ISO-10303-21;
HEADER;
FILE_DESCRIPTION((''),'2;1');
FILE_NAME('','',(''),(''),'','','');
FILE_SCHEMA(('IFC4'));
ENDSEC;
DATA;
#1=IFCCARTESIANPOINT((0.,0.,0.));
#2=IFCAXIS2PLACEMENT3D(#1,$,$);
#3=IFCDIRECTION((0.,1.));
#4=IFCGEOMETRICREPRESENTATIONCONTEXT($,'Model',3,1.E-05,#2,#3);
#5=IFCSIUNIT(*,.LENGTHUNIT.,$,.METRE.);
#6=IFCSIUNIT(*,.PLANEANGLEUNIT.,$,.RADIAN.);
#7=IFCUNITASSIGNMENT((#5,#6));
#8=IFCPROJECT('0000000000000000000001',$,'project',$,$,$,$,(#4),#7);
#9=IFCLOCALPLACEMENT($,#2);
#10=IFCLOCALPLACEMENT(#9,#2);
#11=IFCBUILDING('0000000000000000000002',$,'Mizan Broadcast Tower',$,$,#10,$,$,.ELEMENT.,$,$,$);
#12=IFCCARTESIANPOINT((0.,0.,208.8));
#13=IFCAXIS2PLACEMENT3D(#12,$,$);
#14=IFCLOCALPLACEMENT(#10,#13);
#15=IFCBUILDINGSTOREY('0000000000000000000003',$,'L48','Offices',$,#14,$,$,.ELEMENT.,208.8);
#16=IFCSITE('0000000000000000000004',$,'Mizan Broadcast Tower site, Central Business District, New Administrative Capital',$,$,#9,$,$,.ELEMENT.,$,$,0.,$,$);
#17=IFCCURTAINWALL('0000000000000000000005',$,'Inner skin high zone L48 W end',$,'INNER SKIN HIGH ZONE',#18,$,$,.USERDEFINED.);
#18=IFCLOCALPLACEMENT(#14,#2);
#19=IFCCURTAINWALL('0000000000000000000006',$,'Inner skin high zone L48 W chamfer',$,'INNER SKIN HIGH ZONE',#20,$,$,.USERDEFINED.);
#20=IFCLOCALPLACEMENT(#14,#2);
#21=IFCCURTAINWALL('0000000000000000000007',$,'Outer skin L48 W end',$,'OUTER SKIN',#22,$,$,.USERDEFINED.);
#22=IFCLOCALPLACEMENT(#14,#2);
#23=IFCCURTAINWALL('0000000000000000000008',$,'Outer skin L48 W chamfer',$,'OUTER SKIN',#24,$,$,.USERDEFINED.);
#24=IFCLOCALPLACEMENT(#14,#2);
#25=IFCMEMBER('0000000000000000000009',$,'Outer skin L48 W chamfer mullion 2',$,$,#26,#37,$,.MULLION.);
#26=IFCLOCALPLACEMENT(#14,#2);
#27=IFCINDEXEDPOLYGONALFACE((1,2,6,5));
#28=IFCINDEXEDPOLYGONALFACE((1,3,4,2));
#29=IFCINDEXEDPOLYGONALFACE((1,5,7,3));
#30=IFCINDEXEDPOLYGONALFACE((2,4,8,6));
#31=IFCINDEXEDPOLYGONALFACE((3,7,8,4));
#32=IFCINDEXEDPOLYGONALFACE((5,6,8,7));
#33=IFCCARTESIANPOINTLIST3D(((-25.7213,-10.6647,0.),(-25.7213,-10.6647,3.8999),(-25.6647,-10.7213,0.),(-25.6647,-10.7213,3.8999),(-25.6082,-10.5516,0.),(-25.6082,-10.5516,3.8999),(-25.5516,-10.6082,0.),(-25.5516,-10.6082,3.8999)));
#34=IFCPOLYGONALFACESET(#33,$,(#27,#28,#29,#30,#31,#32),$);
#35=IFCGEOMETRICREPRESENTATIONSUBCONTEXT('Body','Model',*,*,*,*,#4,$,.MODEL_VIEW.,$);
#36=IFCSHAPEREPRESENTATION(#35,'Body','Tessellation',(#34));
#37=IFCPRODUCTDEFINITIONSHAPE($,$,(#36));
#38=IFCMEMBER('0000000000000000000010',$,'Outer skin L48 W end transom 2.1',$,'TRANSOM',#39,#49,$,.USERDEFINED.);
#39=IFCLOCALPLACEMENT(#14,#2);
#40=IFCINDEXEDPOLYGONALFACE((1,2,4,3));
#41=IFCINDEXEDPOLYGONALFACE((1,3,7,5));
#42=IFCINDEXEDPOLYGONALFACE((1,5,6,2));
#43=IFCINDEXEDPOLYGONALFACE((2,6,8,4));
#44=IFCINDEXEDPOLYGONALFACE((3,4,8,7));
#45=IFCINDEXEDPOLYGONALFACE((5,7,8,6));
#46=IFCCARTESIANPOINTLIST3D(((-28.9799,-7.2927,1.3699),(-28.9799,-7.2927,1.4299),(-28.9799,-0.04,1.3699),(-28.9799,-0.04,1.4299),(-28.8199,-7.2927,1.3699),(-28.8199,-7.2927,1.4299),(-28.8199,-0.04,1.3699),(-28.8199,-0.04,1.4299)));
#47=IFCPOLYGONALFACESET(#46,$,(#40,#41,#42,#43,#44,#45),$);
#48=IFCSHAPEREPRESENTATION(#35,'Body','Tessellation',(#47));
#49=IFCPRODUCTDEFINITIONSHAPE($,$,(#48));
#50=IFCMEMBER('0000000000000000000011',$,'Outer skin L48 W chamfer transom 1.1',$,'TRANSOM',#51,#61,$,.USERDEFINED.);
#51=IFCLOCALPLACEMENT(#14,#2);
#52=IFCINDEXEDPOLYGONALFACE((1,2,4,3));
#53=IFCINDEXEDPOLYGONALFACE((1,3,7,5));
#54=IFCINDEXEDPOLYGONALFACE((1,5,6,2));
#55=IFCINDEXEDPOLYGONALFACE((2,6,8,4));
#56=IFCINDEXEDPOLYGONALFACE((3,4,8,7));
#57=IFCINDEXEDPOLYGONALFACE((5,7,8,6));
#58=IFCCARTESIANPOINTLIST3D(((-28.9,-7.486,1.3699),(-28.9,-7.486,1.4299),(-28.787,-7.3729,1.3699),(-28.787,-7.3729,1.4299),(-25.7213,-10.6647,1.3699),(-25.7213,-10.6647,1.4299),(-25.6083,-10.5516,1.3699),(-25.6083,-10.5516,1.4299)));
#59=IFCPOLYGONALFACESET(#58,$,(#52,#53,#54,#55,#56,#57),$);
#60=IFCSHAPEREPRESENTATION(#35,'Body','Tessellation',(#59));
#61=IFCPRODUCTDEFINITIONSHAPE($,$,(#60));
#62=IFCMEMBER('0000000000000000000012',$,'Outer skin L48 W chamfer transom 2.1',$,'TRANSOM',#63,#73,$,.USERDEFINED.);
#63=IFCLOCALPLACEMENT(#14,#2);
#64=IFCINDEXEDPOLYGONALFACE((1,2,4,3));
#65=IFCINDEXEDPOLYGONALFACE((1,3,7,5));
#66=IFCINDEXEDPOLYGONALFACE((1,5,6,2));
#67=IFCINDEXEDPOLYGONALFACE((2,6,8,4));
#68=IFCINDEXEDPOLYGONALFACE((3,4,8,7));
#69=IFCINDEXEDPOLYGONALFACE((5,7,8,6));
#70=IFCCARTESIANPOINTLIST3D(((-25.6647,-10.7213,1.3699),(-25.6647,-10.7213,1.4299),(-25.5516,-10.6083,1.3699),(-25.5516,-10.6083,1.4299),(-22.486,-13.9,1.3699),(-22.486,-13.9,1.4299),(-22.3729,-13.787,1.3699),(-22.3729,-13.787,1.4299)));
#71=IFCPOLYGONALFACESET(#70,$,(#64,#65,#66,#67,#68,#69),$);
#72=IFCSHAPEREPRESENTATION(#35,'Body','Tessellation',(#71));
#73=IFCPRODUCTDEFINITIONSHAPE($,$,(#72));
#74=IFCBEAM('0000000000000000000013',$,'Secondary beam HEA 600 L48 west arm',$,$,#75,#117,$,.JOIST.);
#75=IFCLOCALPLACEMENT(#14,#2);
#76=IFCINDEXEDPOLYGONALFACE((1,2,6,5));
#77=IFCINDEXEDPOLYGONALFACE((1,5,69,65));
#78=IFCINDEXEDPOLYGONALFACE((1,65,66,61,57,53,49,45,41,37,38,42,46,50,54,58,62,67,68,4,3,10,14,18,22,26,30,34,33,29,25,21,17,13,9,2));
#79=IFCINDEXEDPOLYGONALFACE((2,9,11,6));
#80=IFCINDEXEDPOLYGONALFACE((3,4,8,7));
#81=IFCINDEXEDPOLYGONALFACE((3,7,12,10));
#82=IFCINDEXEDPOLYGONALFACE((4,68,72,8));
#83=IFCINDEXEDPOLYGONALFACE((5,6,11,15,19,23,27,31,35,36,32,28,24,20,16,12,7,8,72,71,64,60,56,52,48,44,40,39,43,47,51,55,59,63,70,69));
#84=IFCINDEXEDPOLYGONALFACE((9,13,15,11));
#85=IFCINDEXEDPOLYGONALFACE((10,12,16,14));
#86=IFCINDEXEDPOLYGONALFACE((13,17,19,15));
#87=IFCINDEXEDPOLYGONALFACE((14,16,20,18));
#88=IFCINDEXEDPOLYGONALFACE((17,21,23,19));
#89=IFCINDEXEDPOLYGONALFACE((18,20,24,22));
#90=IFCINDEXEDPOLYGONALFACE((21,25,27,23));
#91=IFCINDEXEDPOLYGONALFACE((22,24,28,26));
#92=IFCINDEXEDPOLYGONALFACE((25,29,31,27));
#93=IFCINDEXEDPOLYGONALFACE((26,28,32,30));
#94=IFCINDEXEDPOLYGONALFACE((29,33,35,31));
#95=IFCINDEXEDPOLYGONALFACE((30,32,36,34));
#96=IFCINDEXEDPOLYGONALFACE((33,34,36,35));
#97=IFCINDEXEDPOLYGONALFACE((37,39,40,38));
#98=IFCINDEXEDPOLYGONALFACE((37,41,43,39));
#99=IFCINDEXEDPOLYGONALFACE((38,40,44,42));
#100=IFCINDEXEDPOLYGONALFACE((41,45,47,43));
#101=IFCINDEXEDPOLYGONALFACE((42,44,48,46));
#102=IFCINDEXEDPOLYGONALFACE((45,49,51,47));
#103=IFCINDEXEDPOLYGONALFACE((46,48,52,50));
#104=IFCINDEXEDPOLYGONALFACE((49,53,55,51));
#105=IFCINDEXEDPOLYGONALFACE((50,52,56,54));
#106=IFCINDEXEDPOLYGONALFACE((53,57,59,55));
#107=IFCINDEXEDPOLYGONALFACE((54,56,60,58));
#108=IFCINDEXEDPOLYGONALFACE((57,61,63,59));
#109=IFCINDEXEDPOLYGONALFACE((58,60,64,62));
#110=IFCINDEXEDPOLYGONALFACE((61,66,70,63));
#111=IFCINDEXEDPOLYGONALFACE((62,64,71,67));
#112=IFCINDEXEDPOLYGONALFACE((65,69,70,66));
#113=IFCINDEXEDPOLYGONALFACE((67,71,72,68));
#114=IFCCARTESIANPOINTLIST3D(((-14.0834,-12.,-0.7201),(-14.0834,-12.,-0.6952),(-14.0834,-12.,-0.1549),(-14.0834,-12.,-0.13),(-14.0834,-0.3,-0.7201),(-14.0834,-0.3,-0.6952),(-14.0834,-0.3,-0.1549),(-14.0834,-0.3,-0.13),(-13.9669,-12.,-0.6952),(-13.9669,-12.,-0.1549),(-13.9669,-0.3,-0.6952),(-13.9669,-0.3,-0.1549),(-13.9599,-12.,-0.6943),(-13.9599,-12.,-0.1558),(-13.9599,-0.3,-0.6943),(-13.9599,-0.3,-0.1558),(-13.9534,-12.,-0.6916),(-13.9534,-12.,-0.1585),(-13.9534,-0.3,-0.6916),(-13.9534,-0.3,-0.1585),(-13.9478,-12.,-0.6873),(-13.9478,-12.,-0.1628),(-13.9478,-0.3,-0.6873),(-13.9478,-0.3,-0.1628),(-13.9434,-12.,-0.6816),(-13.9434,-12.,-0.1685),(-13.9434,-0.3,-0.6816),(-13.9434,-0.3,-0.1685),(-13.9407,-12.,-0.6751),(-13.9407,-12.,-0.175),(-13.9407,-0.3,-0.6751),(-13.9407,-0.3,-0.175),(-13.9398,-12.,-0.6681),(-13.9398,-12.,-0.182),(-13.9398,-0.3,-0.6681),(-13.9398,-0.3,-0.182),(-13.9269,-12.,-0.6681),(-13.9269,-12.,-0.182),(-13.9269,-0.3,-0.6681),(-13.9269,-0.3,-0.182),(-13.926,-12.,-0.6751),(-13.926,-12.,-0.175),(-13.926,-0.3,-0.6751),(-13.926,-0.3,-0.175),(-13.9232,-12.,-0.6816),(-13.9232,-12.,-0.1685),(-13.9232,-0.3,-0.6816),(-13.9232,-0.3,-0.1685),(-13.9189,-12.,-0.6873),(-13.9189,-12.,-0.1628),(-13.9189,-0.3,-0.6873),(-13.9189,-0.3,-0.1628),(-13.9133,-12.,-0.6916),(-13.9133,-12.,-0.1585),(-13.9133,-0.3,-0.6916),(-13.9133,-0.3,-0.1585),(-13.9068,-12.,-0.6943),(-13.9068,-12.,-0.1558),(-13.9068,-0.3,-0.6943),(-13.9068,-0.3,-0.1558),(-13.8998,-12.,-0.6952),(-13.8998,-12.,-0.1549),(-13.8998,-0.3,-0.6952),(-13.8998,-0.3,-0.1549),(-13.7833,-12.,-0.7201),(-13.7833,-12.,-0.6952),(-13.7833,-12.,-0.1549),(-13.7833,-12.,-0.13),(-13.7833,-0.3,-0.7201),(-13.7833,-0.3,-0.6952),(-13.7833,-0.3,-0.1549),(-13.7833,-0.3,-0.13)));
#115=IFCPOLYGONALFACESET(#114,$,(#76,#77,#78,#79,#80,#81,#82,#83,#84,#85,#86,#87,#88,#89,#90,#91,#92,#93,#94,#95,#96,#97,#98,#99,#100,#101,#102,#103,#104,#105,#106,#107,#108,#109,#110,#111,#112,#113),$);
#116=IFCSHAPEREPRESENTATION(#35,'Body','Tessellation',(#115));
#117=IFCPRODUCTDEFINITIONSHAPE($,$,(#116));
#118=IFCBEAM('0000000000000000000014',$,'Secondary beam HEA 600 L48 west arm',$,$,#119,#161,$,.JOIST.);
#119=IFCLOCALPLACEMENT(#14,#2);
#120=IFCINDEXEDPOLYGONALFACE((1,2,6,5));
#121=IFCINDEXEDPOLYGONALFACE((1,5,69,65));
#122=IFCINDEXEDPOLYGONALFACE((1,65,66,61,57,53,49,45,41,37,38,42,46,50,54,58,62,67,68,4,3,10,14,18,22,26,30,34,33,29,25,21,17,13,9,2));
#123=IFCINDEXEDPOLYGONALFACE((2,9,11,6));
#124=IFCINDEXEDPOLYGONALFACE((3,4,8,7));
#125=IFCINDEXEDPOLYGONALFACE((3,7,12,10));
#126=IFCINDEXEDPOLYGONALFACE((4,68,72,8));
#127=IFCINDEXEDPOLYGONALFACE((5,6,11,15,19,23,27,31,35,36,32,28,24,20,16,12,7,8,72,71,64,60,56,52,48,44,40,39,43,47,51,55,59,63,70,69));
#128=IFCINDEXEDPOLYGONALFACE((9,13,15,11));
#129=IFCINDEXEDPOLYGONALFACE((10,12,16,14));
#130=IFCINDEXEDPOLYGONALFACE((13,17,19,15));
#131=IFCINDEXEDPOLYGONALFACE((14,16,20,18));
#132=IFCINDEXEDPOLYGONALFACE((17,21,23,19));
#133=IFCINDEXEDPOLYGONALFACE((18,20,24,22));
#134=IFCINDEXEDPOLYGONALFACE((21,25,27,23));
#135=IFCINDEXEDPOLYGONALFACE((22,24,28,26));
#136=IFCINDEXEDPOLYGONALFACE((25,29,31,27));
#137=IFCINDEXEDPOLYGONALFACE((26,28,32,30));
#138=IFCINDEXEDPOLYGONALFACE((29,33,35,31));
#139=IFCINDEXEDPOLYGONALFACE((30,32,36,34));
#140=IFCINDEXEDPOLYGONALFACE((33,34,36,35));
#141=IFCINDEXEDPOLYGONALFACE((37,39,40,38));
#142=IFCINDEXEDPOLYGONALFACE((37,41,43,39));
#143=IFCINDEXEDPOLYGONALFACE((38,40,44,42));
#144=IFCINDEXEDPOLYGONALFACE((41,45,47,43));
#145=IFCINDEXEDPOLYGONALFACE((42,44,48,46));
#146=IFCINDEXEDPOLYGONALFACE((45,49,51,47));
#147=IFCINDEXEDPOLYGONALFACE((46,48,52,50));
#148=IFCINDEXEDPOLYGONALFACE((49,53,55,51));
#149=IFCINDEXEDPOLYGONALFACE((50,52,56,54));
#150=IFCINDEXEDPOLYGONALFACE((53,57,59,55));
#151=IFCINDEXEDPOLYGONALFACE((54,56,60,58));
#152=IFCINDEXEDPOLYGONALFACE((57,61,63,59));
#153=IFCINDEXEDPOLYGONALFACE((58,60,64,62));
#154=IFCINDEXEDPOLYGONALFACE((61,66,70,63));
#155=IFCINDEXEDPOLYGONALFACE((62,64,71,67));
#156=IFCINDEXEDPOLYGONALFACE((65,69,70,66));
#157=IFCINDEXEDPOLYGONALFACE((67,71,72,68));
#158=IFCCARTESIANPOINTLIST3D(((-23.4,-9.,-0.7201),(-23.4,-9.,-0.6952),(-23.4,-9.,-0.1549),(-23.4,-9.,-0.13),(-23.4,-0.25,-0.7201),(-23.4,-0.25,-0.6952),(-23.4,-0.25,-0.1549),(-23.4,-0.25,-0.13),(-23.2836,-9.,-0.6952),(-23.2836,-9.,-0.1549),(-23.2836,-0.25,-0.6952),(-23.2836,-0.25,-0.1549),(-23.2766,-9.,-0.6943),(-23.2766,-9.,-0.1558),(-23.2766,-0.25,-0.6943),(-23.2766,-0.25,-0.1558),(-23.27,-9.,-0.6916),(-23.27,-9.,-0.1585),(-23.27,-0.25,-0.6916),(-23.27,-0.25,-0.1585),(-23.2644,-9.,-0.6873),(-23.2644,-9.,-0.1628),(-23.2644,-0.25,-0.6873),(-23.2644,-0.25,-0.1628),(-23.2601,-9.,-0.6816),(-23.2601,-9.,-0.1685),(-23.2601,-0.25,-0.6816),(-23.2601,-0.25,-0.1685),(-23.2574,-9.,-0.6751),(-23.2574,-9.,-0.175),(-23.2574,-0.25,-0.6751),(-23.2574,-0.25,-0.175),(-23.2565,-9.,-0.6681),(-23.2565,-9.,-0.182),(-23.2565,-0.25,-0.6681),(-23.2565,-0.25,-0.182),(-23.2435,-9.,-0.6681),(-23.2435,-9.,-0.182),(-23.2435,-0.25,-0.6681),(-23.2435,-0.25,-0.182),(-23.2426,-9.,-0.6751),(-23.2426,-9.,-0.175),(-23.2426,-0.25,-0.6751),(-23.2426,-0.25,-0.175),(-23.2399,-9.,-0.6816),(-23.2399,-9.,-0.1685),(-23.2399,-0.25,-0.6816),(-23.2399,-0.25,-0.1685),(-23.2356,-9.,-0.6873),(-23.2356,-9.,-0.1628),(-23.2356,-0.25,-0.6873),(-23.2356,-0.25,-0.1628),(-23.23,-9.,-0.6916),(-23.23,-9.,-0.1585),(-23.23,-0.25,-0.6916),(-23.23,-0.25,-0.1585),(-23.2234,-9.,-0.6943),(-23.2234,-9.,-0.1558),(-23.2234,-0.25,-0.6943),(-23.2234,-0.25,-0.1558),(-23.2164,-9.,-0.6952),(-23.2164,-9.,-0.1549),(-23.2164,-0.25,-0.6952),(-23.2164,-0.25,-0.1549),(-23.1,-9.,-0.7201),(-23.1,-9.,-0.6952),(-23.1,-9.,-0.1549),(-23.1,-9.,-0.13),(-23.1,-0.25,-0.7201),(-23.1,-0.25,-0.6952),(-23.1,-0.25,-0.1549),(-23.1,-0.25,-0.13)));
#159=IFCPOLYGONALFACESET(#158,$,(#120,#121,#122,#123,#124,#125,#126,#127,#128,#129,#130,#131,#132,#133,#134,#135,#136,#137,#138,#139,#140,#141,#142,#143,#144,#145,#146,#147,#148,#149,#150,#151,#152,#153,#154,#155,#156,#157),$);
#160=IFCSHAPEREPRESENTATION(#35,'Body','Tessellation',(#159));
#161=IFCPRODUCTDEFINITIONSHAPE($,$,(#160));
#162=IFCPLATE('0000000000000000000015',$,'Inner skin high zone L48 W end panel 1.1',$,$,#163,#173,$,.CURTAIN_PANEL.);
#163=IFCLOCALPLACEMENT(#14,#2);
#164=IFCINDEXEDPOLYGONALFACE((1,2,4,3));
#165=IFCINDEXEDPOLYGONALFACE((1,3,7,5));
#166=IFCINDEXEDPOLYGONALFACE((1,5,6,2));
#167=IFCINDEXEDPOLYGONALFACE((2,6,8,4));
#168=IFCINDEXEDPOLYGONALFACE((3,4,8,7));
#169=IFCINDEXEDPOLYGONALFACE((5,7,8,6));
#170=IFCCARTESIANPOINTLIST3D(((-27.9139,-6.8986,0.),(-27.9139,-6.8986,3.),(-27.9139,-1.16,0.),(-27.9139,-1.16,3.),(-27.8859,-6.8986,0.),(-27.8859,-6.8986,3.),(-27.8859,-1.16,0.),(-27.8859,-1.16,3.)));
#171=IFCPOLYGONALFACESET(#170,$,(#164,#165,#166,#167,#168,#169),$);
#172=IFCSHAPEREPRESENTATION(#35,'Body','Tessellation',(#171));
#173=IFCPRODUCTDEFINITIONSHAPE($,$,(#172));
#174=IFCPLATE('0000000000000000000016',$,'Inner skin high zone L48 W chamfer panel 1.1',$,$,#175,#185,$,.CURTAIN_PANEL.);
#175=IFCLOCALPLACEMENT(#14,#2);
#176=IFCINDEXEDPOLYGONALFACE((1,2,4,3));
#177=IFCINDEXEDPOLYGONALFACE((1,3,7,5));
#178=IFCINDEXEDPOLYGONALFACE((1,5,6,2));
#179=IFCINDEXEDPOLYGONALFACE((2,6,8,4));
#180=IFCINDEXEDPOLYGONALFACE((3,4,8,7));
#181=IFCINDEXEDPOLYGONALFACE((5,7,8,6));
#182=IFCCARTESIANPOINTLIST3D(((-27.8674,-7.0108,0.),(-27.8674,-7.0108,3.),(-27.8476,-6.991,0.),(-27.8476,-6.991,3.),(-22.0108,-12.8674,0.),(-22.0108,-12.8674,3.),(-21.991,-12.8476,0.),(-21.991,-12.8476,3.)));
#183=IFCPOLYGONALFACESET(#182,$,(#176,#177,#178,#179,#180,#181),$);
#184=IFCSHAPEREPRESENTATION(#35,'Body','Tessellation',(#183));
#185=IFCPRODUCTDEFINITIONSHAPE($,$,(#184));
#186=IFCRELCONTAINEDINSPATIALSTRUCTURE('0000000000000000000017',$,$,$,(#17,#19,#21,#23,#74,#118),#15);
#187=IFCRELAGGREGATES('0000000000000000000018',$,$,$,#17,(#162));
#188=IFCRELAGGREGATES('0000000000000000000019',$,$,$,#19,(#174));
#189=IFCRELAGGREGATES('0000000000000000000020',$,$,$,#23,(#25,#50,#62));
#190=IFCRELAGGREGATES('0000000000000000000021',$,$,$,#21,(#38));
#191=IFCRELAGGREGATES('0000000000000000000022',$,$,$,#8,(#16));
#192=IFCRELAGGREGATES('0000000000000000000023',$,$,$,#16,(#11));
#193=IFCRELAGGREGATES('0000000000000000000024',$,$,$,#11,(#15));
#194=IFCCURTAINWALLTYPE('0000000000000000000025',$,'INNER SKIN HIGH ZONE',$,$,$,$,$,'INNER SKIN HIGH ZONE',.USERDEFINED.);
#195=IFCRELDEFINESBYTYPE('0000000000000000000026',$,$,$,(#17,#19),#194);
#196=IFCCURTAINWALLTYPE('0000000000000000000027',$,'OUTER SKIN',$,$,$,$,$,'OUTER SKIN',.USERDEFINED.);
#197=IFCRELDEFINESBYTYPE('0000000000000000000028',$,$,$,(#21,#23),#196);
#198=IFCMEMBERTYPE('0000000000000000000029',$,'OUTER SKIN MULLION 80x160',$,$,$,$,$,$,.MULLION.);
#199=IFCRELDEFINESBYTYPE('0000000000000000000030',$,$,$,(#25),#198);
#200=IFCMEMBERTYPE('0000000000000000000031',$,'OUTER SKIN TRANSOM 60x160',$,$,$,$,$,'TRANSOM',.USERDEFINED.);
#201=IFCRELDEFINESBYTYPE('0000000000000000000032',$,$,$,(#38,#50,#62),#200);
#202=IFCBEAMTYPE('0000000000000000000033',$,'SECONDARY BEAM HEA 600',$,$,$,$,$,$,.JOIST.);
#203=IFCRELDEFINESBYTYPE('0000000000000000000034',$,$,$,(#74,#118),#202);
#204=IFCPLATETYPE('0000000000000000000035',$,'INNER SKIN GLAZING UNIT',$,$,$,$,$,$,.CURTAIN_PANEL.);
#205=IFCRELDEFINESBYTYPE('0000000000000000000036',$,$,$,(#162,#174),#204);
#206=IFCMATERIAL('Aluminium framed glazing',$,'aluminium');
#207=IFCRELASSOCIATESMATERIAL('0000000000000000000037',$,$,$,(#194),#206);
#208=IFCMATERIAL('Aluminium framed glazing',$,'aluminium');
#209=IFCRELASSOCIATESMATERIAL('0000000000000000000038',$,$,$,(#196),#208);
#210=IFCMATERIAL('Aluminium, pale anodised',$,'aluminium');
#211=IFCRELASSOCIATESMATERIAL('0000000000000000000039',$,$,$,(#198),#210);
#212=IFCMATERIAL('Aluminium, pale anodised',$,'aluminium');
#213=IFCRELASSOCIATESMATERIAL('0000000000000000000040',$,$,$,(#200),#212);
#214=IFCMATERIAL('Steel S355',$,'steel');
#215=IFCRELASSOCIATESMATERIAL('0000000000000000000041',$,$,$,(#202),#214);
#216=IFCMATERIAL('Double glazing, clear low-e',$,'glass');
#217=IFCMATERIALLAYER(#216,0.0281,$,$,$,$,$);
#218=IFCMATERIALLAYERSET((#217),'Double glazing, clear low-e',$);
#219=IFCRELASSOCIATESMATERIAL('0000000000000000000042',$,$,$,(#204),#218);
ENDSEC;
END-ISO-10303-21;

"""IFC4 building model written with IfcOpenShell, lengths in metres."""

from ifc_helpers import new_model, si_unit, direction, frame, origin, origin_2d, place, context, subcontext, project, spatial, rectangle, i_section, extrude, material, layer, layer_set, material_profile, profile_set, type_object, element, aggregate, save


model = new_model("IFC4")

# Units and contexts
model_context = context("Model", 3, precision=1e-05, world=origin(), true_north=direction((0.0, 1.0)))
body_context = subcontext(model_context, "Body", "Model", "MODEL_VIEW")
ifc_project = project(units=[si_unit("LENGTHUNIT", "METRE"), si_unit("PLANEANGLEUNIT", "RADIAN")], contexts=[model_context])

# Site, building, storey
site_placement = place(None, origin())
site = spatial("IfcSite", under=ifc_project, at=site_placement, Name="Mizan Broadcast Tower site, Central Business District, New Administrative Capital", CompositionType="ELEMENT", RefElevation=0.0)
building_placement = place(site_placement, origin())
building = spatial("IfcBuilding", under=site, at=building_placement, Name="Mizan Broadcast Tower", CompositionType="ELEMENT")
storey_placement = place(building_placement, frame((0.0, 0.0, 208.8)))
storey = spatial("IfcBuildingStorey", under=building, at=storey_placement, Name="L48", Description="Offices", CompositionType="ELEMENT", Elevation=208.8)

# Curtain wall
ifc_material_1 = material(Name="Aluminium framed glazing", Category="aluminium")
curtain_wall_type_1 = type_object("IfcCurtainWallType", Name="INNER SKIN HIGH ZONE", ElementType="INNER SKIN HIGH ZONE", PredefinedType="USERDEFINED", material=ifc_material_1)
curtain_wall_1_placement = place(storey_placement, origin())
curtain_wall_1 = element("IfcCurtainWall", 1, at=curtain_wall_1_placement, inside=storey, type_object=curtain_wall_type_1, Name="Inner skin high zone L48 W end", ObjectType="INNER SKIN HIGH ZONE", PredefinedType="USERDEFINED")

# Curtain wall
curtain_wall_2_placement = place(storey_placement, origin())
curtain_wall_2 = element("IfcCurtainWall", 2, at=curtain_wall_2_placement, inside=storey, type_object=curtain_wall_type_1, Name="Inner skin high zone L48 W chamfer", ObjectType="INNER SKIN HIGH ZONE", PredefinedType="USERDEFINED")

# Curtain wall
ifc_material_2 = material(Name="Aluminium framed glazing", Category="aluminium")
curtain_wall_type_2 = type_object("IfcCurtainWallType", Name="OUTER SKIN", ElementType="OUTER SKIN", PredefinedType="USERDEFINED", material=ifc_material_2)
curtain_wall_3_placement = place(storey_placement, origin())
curtain_wall_3 = element("IfcCurtainWall", 3, at=curtain_wall_3_placement, inside=storey, type_object=curtain_wall_type_2, Name="Outer skin L48 W end", ObjectType="OUTER SKIN", PredefinedType="USERDEFINED")
ifc_material_3 = material(Name="Aluminium, pale anodised", Category="aluminium")
ifc_material_profile_1 = material_profile(ifc_material_3, rectangle(XDim=0.1599, YDim=0.0801, at=origin_2d()), Name="MULLION 160x80")
ifc_profile_set_1 = profile_set([ifc_material_profile_1], Name="Aluminium, pale anodised")
member_type_1 = type_object("IfcMemberType", Name="OUTER SKIN MULLION 80x160", PredefinedType="MULLION", material=ifc_profile_set_1)

# Curtain wall, member
curtain_wall_4_placement = place(storey_placement, origin())
curtain_wall_4 = element("IfcCurtainWall", 4, at=curtain_wall_4_placement, inside=storey, type_object=curtain_wall_type_2, Name="Outer skin L48 W chamfer", ObjectType="OUTER SKIN", PredefinedType="USERDEFINED")
member_1_placement = place(storey_placement, frame((-25.6365, -10.6365, 0.0), z_axis=(0.0, 0.0, 1.0), x_axis=(0.707107, 0.707107, 0.0)))
member_1 = element("IfcMember", 5, at=member_1_placement, type_object=member_type_1, Name="Outer skin L48 W chamfer mullion 2", PredefinedType="MULLION", context=body_context, shape_type="SweptSolid", body=[
    extrude(rectangle(XDim=0.1599, YDim=0.0801, at=origin_2d()), origin(), (0.0, 0.0, 1.0), 3.8999),
])

# Members
ifc_material_4 = material(Name="Aluminium, pale anodised", Category="aluminium")
ifc_material_profile_2 = material_profile(ifc_material_4, rectangle(XDim=0.1599, YDim=0.0601, at=origin_2d()), Name="TRANSOM 160x60")
ifc_profile_set_2 = profile_set([ifc_material_profile_2], Name="Aluminium, pale anodised")
member_type_2 = type_object("IfcMemberType", Name="OUTER SKIN TRANSOM 60x160", ElementType="TRANSOM", PredefinedType="USERDEFINED", material=ifc_profile_set_2)
member_2_placement = place(storey_placement, frame((-28.8999, -0.04, 1.3999), z_axis=(0.0, -1.0, 0.0), x_axis=(1.0, 0.0, 0.0)))
member_2 = element("IfcMember", 6, at=member_2_placement, type_object=member_type_2, Name="Outer skin L48 W end transom 2.1", ObjectType="TRANSOM", PredefinedType="USERDEFINED", context=body_context, shape_type="SweptSolid", body=[
    extrude(rectangle(XDim=0.1599, YDim=0.0601, at=origin_2d()), origin(), (0.0, 0.0, 1.0), 7.2527),
])
member_3_placement = place(storey_placement, frame((-28.8435, -7.4294, 1.3999), z_axis=(0.707107, -0.707107, 0.0), x_axis=(0.707107, 0.707107, 0.0)))
member_3 = element("IfcMember", 7, at=member_3_placement, type_object=member_type_2, Name="Outer skin L48 W chamfer transom 1.1", ObjectType="TRANSOM", PredefinedType="USERDEFINED", context=body_context, shape_type="SweptSolid", body=[
    extrude(rectangle(XDim=0.1599, YDim=0.0601, at=origin_2d()), origin(), (0.0, 0.0, 1.0), 4.4954),
])
member_4_placement = place(storey_placement, frame((-25.6082, -10.6648, 1.3999), z_axis=(0.707107, -0.707107, 0.0), x_axis=(0.707107, 0.707107, 0.0)))
member_4 = element("IfcMember", 8, at=member_4_placement, type_object=member_type_2, Name="Outer skin L48 W chamfer transom 2.1", ObjectType="TRANSOM", PredefinedType="USERDEFINED", context=body_context, shape_type="SweptSolid", body=[
    extrude(rectangle(XDim=0.1599, YDim=0.0601, at=origin_2d()), origin(), (0.0, 0.0, 1.0), 4.4954),
])

# Beams
ifc_material_5 = material(Name="Steel S355", Category="steel")
ifc_material_profile_3 = material_profile(ifc_material_5, i_section(OverallWidth=0.3, OverallDepth=0.5901, WebThickness=0.0129, FlangeThickness=0.0249, FilletRadius=0.0271, at=origin_2d()), Name="HEA 600")
ifc_profile_set_3 = profile_set([ifc_material_profile_3], Name="Steel S355")
beam_type_1 = type_object("IfcBeamType", Name="SECONDARY BEAM HEA 600", PredefinedType="JOIST", material=ifc_profile_set_3)
beam_1_placement = place(storey_placement, frame((-13.9333, -12.0, -0.425), z_axis=(0.0, 1.0, 0.0), x_axis=(-1.0, 0.0, 0.0)))
element("IfcBeam", 9, at=beam_1_placement, inside=storey, type_object=beam_type_1, Name="Secondary beam HEA 600 L48 west arm", PredefinedType="JOIST", context=body_context, shape_type="SweptSolid", body=[
    extrude(i_section(OverallWidth=0.3, OverallDepth=0.5901, WebThickness=0.0129, FlangeThickness=0.0249, FilletRadius=0.0271, at=origin_2d()), origin(), (0.0, 0.0, 1.0), 11.7),
])
beam_2_placement = place(storey_placement, frame((-23.25, -9.0, -0.425), z_axis=(0.0, 1.0, 0.0), x_axis=(-1.0, 0.0, 0.0)))
element("IfcBeam", 10, at=beam_2_placement, inside=storey, type_object=beam_type_1, Name="Secondary beam HEA 600 L48 west arm", PredefinedType="JOIST", context=body_context, shape_type="SweptSolid", body=[
    extrude(i_section(OverallWidth=0.3, OverallDepth=0.5901, WebThickness=0.0129, FlangeThickness=0.0249, FilletRadius=0.0271, at=origin_2d()), origin(), (0.0, 0.0, 1.0), 8.75),
])

# Plates
ifc_material_6 = material(Name="Double glazing, clear low-e", Category="glass")
ifc_layer_1 = layer(ifc_material_6, 0.0281)
ifc_layer_set_1 = layer_set([ifc_layer_1], Name="Double glazing, clear low-e")
plate_type_1 = type_object("IfcPlateType", Name="INNER SKIN GLAZING UNIT", PredefinedType="CURTAIN_PANEL", material=ifc_layer_set_1)
plate_1_placement = place(storey_placement, frame((-27.8999, -4.0293, 0.0), z_axis=(0.0, 0.0, 1.0), x_axis=(0.0, -1.0, 0.0)))
plate_1 = element("IfcPlate", 11, at=plate_1_placement, type_object=plate_type_1, Name="Inner skin high zone L48 W end panel 1.1", PredefinedType="CURTAIN_PANEL", context=body_context, shape_type="SweptSolid", body=[
    extrude(rectangle(XDim=5.7385, YDim=0.0281, at=origin_2d()), origin(), (0.0, 0.0, 1.0), 3.0),
])
plate_2_placement = place(storey_placement, frame((-24.9292, -9.9292, 0.0), z_axis=(0.0, 0.0, 1.0), x_axis=(0.707107, -0.707107, 0.0)))
plate_2 = element("IfcPlate", 12, at=plate_2_placement, type_object=plate_type_1, Name="Inner skin high zone L48 W chamfer panel 1.1", PredefinedType="CURTAIN_PANEL", context=body_context, shape_type="SweptSolid", body=[
    extrude(rectangle(XDim=8.2825, YDim=0.0281, at=origin_2d()), origin(), (0.0, 0.0, 1.0), 3.0),
])
aggregate(curtain_wall_1, [plate_1])
aggregate(curtain_wall_2, [plate_2])
aggregate(curtain_wall_4, [member_1, member_3, member_4])
aggregate(curtain_wall_3, [member_2])

save(model, "model.ifc")
